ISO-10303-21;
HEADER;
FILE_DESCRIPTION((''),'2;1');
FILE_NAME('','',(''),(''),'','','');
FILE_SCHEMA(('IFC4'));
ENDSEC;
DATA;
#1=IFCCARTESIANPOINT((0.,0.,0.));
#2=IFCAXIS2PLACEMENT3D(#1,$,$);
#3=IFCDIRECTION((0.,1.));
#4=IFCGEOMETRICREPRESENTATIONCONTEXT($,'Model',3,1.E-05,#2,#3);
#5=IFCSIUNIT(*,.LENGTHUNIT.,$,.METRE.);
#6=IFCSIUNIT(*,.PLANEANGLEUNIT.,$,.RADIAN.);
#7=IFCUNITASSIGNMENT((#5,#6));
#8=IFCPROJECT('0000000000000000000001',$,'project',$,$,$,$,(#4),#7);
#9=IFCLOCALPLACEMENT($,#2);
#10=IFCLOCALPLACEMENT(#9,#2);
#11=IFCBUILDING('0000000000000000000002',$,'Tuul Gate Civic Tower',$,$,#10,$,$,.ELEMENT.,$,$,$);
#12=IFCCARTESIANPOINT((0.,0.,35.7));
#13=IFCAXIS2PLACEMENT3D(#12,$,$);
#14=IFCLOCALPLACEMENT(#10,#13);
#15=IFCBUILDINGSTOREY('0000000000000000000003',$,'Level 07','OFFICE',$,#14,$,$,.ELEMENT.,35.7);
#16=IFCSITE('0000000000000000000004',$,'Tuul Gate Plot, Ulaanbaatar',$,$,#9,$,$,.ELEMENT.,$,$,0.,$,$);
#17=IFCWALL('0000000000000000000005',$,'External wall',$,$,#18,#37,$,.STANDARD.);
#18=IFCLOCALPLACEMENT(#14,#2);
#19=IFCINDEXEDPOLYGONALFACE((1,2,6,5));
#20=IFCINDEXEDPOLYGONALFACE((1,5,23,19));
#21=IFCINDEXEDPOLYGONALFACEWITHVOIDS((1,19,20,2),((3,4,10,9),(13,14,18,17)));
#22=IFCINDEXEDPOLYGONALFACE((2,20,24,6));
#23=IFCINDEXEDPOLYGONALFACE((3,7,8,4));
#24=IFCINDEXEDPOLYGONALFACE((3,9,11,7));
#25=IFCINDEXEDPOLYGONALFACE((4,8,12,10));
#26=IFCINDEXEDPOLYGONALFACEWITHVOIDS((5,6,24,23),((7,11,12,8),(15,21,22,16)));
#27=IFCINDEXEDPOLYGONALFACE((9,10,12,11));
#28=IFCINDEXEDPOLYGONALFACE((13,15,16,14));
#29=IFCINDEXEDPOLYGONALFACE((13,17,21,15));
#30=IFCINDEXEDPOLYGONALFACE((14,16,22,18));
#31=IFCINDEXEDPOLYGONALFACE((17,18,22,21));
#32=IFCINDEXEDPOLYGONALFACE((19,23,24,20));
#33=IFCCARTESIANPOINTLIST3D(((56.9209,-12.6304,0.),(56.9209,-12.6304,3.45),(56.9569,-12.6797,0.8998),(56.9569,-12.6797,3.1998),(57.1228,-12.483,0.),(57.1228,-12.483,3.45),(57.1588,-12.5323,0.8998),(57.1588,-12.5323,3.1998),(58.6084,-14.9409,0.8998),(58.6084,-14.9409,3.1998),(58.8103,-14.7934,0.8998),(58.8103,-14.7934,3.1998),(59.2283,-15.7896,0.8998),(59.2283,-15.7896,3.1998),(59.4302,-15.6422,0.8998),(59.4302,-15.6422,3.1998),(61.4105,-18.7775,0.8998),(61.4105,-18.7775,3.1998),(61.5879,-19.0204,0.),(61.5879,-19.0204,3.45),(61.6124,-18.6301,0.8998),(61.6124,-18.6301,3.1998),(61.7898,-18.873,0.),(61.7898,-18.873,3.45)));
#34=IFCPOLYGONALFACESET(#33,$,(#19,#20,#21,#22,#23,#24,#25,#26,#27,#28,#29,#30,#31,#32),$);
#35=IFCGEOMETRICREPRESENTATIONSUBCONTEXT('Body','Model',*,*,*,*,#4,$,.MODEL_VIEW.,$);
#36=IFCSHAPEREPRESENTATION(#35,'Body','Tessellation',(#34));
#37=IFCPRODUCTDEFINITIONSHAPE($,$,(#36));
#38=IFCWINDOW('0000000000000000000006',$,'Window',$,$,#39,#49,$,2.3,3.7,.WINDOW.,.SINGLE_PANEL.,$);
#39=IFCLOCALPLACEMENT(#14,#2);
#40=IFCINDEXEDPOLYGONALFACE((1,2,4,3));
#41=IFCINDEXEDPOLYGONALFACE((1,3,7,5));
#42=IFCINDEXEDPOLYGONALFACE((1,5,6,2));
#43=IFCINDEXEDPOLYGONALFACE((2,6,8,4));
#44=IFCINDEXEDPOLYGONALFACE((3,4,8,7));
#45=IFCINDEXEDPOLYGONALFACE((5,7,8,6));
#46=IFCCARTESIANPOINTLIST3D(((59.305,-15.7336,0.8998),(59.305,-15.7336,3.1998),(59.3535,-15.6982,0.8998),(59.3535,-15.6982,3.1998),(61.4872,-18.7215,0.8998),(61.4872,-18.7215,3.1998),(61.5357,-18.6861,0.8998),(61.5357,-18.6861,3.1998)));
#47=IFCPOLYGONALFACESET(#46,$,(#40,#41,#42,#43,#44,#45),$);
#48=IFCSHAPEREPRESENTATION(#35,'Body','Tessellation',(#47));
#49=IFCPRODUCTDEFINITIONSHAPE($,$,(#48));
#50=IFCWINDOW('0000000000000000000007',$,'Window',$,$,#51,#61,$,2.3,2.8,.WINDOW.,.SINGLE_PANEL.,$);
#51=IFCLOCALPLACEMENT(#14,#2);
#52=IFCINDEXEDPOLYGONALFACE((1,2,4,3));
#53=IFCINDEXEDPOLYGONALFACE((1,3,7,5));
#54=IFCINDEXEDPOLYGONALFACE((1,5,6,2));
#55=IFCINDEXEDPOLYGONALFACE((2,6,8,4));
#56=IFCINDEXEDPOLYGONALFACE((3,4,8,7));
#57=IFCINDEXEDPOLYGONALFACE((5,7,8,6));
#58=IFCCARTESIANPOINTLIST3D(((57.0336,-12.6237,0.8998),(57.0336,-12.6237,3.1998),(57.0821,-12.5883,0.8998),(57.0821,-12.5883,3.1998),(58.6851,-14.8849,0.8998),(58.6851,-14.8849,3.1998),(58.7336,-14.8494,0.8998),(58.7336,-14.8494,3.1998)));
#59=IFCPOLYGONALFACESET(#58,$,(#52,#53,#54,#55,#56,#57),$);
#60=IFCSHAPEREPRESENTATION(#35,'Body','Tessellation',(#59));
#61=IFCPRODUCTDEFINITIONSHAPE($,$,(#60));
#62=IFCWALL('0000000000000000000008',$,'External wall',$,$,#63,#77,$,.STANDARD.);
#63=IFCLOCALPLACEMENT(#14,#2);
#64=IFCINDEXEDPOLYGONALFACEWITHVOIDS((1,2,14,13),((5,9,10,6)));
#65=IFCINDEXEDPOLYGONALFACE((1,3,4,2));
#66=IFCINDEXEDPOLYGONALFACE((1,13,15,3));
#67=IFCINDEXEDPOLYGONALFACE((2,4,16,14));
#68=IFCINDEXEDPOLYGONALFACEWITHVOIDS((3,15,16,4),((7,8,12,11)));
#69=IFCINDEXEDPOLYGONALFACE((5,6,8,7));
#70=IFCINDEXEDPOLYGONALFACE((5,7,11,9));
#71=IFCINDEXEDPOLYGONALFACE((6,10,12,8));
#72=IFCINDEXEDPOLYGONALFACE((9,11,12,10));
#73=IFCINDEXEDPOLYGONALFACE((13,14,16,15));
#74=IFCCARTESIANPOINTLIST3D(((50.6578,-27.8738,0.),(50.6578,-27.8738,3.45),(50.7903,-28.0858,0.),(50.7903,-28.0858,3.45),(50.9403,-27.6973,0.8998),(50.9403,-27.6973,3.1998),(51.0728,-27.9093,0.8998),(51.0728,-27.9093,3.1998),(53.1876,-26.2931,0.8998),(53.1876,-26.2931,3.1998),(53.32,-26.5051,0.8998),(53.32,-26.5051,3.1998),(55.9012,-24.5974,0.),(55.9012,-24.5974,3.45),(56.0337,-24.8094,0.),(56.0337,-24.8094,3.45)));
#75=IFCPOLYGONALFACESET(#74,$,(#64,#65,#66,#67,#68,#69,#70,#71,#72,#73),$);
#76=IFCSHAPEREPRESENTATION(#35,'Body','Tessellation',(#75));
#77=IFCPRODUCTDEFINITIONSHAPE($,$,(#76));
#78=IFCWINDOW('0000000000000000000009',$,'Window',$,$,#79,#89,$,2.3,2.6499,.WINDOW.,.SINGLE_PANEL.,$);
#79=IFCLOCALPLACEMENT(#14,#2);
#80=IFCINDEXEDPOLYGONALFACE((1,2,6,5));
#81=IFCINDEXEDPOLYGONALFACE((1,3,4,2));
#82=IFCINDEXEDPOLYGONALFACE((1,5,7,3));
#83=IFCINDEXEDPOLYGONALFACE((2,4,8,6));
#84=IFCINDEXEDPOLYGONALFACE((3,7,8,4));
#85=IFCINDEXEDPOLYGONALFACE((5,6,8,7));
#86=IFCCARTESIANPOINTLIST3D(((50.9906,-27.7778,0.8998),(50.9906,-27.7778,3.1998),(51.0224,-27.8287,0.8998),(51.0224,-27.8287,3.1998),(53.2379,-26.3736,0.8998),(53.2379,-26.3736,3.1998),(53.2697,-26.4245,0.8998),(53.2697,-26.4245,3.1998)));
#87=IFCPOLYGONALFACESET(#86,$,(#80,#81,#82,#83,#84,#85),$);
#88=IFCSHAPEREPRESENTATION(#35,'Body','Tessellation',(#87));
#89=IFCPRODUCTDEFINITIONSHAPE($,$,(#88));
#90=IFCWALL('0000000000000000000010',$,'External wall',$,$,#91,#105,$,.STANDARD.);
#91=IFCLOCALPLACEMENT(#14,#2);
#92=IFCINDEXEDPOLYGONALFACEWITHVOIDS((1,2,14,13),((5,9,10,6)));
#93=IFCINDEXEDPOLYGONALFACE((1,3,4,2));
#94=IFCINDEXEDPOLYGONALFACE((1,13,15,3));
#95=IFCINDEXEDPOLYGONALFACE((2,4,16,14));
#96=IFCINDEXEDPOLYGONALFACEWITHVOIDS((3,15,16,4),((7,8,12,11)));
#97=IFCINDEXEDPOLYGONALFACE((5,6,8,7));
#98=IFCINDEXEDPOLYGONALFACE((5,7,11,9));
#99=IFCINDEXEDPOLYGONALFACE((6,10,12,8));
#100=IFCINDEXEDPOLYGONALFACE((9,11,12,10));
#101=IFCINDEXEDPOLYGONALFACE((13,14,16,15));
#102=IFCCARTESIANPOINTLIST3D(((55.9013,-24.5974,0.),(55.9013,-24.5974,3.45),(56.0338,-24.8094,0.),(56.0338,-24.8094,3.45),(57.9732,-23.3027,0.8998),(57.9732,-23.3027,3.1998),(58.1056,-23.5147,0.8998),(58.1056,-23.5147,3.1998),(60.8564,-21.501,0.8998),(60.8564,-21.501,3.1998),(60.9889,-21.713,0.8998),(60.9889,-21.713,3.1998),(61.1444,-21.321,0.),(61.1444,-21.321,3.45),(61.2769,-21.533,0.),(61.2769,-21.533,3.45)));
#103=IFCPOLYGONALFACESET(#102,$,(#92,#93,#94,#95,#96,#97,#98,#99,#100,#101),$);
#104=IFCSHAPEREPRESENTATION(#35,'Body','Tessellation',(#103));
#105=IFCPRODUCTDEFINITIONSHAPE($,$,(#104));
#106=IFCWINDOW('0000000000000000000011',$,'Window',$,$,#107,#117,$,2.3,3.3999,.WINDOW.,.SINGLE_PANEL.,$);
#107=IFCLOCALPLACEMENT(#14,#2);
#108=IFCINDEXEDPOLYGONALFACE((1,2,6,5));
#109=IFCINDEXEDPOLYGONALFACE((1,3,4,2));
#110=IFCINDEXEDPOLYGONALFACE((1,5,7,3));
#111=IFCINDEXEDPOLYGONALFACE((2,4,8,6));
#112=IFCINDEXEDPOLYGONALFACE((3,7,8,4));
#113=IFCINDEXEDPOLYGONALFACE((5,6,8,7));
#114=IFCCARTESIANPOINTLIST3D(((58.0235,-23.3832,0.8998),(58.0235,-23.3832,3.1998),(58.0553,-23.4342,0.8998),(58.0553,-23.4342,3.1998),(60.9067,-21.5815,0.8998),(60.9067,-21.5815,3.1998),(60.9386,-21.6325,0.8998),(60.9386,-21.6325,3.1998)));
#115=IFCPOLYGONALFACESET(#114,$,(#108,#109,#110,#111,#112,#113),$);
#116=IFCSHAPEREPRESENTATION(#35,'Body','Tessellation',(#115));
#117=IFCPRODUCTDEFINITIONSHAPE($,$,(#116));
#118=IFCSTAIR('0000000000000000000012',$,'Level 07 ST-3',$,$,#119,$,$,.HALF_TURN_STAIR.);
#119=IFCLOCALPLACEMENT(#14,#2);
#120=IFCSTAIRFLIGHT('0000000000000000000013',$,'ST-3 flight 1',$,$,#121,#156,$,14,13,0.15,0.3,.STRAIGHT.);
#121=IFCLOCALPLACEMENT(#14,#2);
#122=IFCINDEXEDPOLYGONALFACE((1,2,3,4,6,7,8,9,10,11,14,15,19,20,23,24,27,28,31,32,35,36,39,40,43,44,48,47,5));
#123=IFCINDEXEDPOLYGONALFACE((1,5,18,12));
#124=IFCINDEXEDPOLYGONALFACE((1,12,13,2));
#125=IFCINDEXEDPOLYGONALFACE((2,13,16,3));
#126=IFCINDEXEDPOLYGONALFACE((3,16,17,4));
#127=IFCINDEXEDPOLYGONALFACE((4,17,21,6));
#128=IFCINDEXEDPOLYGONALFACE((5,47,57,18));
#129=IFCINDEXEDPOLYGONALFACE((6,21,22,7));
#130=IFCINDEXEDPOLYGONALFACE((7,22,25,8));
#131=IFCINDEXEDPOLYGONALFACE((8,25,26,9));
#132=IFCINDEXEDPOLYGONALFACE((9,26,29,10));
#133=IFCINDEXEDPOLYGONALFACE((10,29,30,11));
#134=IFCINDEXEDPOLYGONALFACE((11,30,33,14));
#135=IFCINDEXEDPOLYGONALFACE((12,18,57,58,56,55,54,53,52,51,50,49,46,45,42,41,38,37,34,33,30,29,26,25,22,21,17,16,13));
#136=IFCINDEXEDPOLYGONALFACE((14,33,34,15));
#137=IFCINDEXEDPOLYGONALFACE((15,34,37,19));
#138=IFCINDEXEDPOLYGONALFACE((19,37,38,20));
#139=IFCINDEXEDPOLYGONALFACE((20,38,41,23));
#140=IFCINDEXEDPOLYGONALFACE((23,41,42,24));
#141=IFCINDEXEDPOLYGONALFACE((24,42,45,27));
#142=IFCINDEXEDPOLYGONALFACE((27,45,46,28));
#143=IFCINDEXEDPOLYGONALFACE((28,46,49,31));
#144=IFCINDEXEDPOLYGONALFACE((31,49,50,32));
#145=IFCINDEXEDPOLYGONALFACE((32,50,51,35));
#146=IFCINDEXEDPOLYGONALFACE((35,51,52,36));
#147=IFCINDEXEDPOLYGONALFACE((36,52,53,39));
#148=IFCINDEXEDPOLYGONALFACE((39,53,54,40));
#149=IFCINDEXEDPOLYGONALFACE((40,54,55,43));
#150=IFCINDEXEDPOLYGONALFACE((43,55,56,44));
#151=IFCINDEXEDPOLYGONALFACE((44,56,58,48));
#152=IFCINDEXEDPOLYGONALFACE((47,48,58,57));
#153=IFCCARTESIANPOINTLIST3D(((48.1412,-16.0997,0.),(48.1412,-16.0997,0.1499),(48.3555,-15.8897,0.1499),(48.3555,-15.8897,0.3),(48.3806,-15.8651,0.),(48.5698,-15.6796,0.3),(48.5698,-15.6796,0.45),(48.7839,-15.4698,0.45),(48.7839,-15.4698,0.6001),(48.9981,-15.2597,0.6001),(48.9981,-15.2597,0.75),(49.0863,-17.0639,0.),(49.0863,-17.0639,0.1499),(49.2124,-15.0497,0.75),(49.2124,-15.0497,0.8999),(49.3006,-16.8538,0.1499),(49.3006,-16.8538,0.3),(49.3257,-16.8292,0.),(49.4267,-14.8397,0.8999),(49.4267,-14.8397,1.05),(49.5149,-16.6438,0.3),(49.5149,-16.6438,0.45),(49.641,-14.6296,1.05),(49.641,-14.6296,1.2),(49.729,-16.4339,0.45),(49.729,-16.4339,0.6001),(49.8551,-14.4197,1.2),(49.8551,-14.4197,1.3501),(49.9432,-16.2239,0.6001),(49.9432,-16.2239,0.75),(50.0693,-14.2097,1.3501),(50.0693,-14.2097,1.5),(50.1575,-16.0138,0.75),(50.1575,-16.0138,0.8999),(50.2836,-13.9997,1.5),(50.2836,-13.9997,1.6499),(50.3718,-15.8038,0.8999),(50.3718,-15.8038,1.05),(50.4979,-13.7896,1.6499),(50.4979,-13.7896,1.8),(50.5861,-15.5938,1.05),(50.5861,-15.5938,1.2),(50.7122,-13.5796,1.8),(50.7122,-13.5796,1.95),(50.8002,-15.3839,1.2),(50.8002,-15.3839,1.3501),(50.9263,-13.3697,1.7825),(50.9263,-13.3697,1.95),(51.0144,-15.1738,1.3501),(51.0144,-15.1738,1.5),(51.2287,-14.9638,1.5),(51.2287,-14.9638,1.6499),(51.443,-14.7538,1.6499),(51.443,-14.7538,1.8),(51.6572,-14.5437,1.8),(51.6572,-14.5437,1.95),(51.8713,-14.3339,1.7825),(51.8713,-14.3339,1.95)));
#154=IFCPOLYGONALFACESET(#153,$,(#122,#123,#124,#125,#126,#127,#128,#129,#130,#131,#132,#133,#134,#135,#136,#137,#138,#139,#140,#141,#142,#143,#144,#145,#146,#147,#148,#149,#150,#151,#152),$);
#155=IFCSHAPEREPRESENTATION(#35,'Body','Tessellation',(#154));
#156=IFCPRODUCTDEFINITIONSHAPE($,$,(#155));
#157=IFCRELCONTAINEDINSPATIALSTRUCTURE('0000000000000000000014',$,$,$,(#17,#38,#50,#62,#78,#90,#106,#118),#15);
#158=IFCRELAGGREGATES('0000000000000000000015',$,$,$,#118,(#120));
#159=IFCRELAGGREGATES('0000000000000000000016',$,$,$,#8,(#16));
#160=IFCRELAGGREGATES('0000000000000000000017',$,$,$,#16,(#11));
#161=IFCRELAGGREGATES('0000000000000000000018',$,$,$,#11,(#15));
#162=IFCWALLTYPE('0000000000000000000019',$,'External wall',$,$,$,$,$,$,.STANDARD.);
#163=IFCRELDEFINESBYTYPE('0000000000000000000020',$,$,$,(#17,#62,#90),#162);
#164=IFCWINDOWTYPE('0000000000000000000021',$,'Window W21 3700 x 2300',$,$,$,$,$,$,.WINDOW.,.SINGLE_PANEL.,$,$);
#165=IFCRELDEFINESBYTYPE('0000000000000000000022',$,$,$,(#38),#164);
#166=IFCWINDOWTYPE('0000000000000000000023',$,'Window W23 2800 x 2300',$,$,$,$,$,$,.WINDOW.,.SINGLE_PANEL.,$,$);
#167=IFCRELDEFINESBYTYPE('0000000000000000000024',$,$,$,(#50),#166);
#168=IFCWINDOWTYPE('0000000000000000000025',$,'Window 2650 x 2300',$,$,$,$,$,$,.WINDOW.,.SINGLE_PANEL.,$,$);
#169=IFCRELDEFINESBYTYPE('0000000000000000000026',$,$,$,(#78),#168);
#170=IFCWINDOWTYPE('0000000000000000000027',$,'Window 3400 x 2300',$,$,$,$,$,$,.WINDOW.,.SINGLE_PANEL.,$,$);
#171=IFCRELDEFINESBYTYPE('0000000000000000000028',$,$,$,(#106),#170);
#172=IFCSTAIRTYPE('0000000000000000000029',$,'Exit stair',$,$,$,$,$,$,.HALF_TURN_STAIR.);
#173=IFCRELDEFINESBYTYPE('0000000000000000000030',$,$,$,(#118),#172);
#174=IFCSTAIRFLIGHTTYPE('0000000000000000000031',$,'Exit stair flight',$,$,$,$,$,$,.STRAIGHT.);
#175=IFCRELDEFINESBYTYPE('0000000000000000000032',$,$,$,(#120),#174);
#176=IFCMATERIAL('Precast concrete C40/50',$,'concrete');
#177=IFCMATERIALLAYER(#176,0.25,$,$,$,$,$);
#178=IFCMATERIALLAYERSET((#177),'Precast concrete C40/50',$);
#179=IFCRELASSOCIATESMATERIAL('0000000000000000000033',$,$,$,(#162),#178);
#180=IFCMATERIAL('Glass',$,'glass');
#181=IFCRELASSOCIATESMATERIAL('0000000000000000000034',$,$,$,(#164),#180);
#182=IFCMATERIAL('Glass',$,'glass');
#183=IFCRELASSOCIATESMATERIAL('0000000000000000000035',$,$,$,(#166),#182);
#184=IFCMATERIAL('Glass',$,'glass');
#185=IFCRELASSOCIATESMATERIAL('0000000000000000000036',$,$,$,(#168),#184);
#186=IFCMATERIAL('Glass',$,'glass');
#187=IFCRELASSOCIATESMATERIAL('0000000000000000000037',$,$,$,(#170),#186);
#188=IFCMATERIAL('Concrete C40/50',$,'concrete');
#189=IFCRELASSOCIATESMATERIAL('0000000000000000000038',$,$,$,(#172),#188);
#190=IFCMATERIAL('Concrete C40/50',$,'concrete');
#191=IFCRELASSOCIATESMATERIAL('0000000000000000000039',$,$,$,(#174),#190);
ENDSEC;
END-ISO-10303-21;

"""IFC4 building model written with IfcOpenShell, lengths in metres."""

from ifc_helpers import new_model, si_unit, direction, frame, frame_2d, origin, place, context, subcontext, project, spatial, polyline, rectangle, outline, extrude, material, layer, layer_set, type_object, element, fill, aggregate, save


model = new_model("IFC4")

# Units and contexts
model_context = context("Model", 3, precision=1e-05, world=origin(), true_north=direction((0.0, 1.0)))
body_context = subcontext(model_context, "Body", "Model", "MODEL_VIEW")
ifc_project = project(units=[si_unit("LENGTHUNIT", "METRE"), si_unit("PLANEANGLEUNIT", "RADIAN")], contexts=[model_context])

# Site, building, storey
site_placement = place(None, origin())
site = spatial("IfcSite", under=ifc_project, at=site_placement, Name="Tuul Gate Plot, Ulaanbaatar", CompositionType="ELEMENT", RefElevation=0.0)
building_placement = place(site_placement, origin())
building = spatial("IfcBuilding", under=site, at=building_placement, Name="Tuul Gate Civic Tower", CompositionType="ELEMENT")
storey_placement = place(building_placement, frame((0.0, 0.0, 35.7)))
storey = spatial("IfcBuildingStorey", under=building, at=storey_placement, Name="Level 07", Description="OFFICE", CompositionType="ELEMENT", Elevation=35.7)

# Shared definitions
ifc_material_1 = material(Name="Precast concrete C40/50", Category="concrete")
ifc_layer_1 = layer(ifc_material_1, 0.25)
ifc_layer_set_1 = layer_set([ifc_layer_1], Name="Precast concrete C40/50")
wall_type_1 = type_object("IfcWallType", Name="External wall", PredefinedType="STANDARD", material=ifc_layer_set_1)

# Wall, openings, windows
wall_1_placement = place(storey_placement, frame((61.689, -18.9468, 0.0), z_axis=(0.0, 0.0, 1.0), x_axis=(-0.589807, 0.807544, 0.0)))
wall_1 = element("IfcWall", 1, at=wall_1_placement, inside=storey, type_object=wall_type_1, Name="External wall", PredefinedType="STANDARD", context=body_context, shape_type="SweptSolid", body=[
    extrude(rectangle(XDim=7.9128, YDim=0.25, at=frame_2d((3.9565, 0.0))), origin(), (0.0, 0.0, 1.0), 3.45),
])
opening_1_placement = place(wall_1_placement, frame((0.3008, 0.0, 0.8999)))
opening_1 = element("IfcOpeningElement", 2, at=opening_1_placement, cuts=wall_1, PredefinedType="OPENING", context=body_context, shape_type="SweptSolid", body=[
    extrude(rectangle(XDim=3.7, YDim=2.3, at=frame_2d((1.8501, 1.1499))), frame((0.0, 0.135, 0.0), z_axis=(0.0, -1.0, 0.0), x_axis=(1.0, 0.0, 0.0)), (0.0, 0.0, 1.0), 0.27),
])
opening_2_placement = place(wall_1_placement, frame((5.052, 0.0, 0.8999)))
opening_2 = element("IfcOpeningElement", 3, at=opening_2_placement, cuts=wall_1, PredefinedType="OPENING", context=body_context, shape_type="SweptSolid", body=[
    extrude(rectangle(XDim=2.8, YDim=2.3, at=frame_2d((1.3999, 1.1499))), frame((0.0, 0.135, 0.0), z_axis=(0.0, -1.0, 0.0), x_axis=(1.0, 0.0, 0.0)), (0.0, 0.0, 1.0), 0.27),
])
ifc_material_2 = material(Name="Glass", Category="glass")
window_type_1 = type_object("IfcWindowType", Name="Window W21 3700 x 2300", PartitioningType="SINGLE_PANEL", PredefinedType="WINDOW", material=ifc_material_2)
window_1_placement = place(opening_1_placement, origin())
window_1 = element("IfcWindow", 4, at=window_1_placement, inside=storey, type_object=window_type_1, Name="Window", OverallHeight=2.3, OverallWidth=3.7, PartitioningType="SINGLE_PANEL", PredefinedType="WINDOW", context=body_context, shape_type="SweptSolid", body=[
    extrude(rectangle(XDim=3.7, YDim=2.3, at=frame_2d((1.8501, 1.1499))), frame((0.0, 0.03, 0.0), z_axis=(0.0, -1.0, 0.0), x_axis=(1.0, 0.0, 0.0)), (0.0, 0.0, 1.0), 0.0601),
])
fill(opening_1, window_1)
ifc_material_3 = material(Name="Glass", Category="glass")
window_type_2 = type_object("IfcWindowType", Name="Window W23 2800 x 2300", PartitioningType="SINGLE_PANEL", PredefinedType="WINDOW", material=ifc_material_3)
window_2_placement = place(opening_2_placement, origin())
window_2 = element("IfcWindow", 5, at=window_2_placement, inside=storey, type_object=window_type_2, Name="Window", OverallHeight=2.3, OverallWidth=2.8, PartitioningType="SINGLE_PANEL", PredefinedType="WINDOW", context=body_context, shape_type="SweptSolid", body=[
    extrude(rectangle(XDim=2.8, YDim=2.3, at=frame_2d((1.3999, 1.1499))), frame((0.0, 0.03, 0.0), z_axis=(0.0, -1.0, 0.0), x_axis=(1.0, 0.0, 0.0)), (0.0, 0.0, 1.0), 0.0601),
])
fill(opening_2, window_2)

# Walls, openings, windows
wall_2_placement = place(storey_placement, frame((50.7241, -27.9797, 0.0), z_axis=(0.0, 0.0, 1.0), x_axis=(0.848054, 0.52991, 0.0)))
wall_2 = element("IfcWall", 6, at=wall_2_placement, inside=storey, type_object=wall_type_1, Name="External wall", PredefinedType="STANDARD", context=body_context, shape_type="SweptSolid", body=[
    extrude(rectangle(XDim=6.1829, YDim=0.25, at=frame_2d((3.0913, 0.0))), origin(), (0.0, 0.0, 1.0), 3.45),
])
opening_3_placement = place(wall_2_placement, frame((0.333, 0.0, 0.8999)))
opening_3 = element("IfcOpeningElement", 7, at=opening_3_placement, cuts=wall_2, PredefinedType="OPENING", context=body_context, shape_type="SweptSolid", body=[
    extrude(rectangle(XDim=2.6499, YDim=2.3, at=frame_2d((1.325, 1.1499))), frame((0.0, 0.135, 0.0), z_axis=(0.0, -1.0, 0.0), x_axis=(1.0, 0.0, 0.0)), (0.0, 0.0, 1.0), 0.27),
])
ifc_material_4 = material(Name="Glass", Category="glass")
window_type_3 = type_object("IfcWindowType", Name="Window 2650 x 2300", PartitioningType="SINGLE_PANEL", PredefinedType="WINDOW", material=ifc_material_4)
window_3_placement = place(opening_3_placement, origin())
window_3 = element("IfcWindow", 8, at=window_3_placement, inside=storey, type_object=window_type_3, Name="Window", OverallHeight=2.3, OverallWidth=2.6499, PartitioningType="SINGLE_PANEL", PredefinedType="WINDOW", context=body_context, shape_type="SweptSolid", body=[
    extrude(rectangle(XDim=2.6499, YDim=2.3, at=frame_2d((1.325, 1.1499))), frame((0.0, 0.03, 0.0), z_axis=(0.0, -1.0, 0.0), x_axis=(1.0, 0.0, 0.0)), (0.0, 0.0, 1.0), 0.0601),
])
fill(opening_3, window_3)
wall_3_placement = place(storey_placement, frame((55.9675, -24.7034, 0.0), z_axis=(0.0, 0.0, 1.0), x_axis=(0.848043, 0.529928, 0.0)))
wall_3 = element("IfcWall", 9, at=wall_3_placement, inside=storey, type_object=wall_type_1, Name="External wall", PredefinedType="STANDARD", context=body_context, shape_type="SweptSolid", body=[
    extrude(rectangle(XDim=6.1826, YDim=0.25, at=frame_2d((3.0913, 0.0))), origin(), (0.0, 0.0, 1.0), 3.45),
])
opening_4_placement = place(wall_3_placement, frame((2.4431, 0.0, 0.8999)))
opening_4 = element("IfcOpeningElement", 10, at=opening_4_placement, cuts=wall_3, PredefinedType="OPENING", context=body_context, shape_type="SweptSolid", body=[
    extrude(rectangle(XDim=3.3999, YDim=2.3, at=frame_2d((1.7, 1.1499))), frame((0.0, 0.135, 0.0), z_axis=(0.0, -1.0, 0.0), x_axis=(1.0, 0.0, 0.0)), (0.0, 0.0, 1.0), 0.27),
])
ifc_material_5 = material(Name="Glass", Category="glass")
window_type_4 = type_object("IfcWindowType", Name="Window 3400 x 2300", PartitioningType="SINGLE_PANEL", PredefinedType="WINDOW", material=ifc_material_5)
window_4_placement = place(opening_4_placement, origin())
window_4 = element("IfcWindow", 11, at=window_4_placement, inside=storey, type_object=window_type_4, Name="Window", OverallHeight=2.3, OverallWidth=3.3999, PartitioningType="SINGLE_PANEL", PredefinedType="WINDOW", context=body_context, shape_type="SweptSolid", body=[
    extrude(rectangle(XDim=3.3999, YDim=2.3, at=frame_2d((1.7, 1.1499))), frame((0.0, 0.03, 0.0), z_axis=(0.0, -1.0, 0.0), x_axis=(1.0, 0.0, 0.0)), (0.0, 0.0, 1.0), 0.0601),
])
fill(opening_4, window_4)

# Stair, stair flight
ifc_material_6 = material(Name="Concrete C40/50", Category="concrete")
stair_type = type_object("IfcStairType", Name="Exit stair", PredefinedType="HALF_TURN_STAIR", material=ifc_material_6)
stair_placement = place(storey_placement, origin())
stair = element("IfcStair", 12, at=stair_placement, inside=storey, type_object=stair_type, Name="Level 07 ST-3", PredefinedType="HALF_TURN_STAIR")
ifc_material_7 = material(Name="Concrete C40/50", Category="concrete")
stair_flight_type = type_object("IfcStairFlightType", Name="Exit stair flight", PredefinedType="STRAIGHT", material=ifc_material_7)
stair_flight_placement = place(storey_placement, frame((48.6138, -16.5818, 0.0), z_axis=(0.0, 0.0, 1.0), x_axis=(0.714127, 0.700016, 0.0)))
stair_flight = element("IfcStairFlight", 13, at=stair_flight_placement, type_object=stair_flight_type, Name="ST-3 flight 1", NumberOfRisers=14, NumberOfTreads=13, PredefinedType="STRAIGHT", RiserHeight=0.15, TreadLength=0.3, context=body_context, shape_type="SweptSolid", body=[
    extrude(outline(polyline([(0.0, 0.0), (0.0, 0.1499), (0.3, 0.1499), (0.3, 0.3), (0.6001, 0.3), (0.6001, 0.45), (0.8999, 0.45), (0.8999, 0.6001), (1.2, 0.6001), (1.2, 0.75), (1.5, 0.75), (1.5, 0.8999), (1.8, 0.8999), (1.8, 1.05), (2.1001, 1.05), (2.1001, 1.2), (2.3999, 1.2), (2.3999, 1.3501), (2.7, 1.3501), (2.7, 1.5), (3.0, 1.5), (3.0, 1.6499), (3.3, 1.6499), (3.3, 1.8), (3.6001, 1.8), (3.6001, 1.95), (3.8999, 1.95), (3.8999, 2.1001), (3.8999, 1.7825), (0.3352, 0.0), (0.0, 0.0)])), frame((0.0, 0.675, 0.0), z_axis=(0.0, -1.0, 0.0), x_axis=(1.0, 0.0, 0.0)), (0.0, 0.0, 1.0), 1.3501),
])
aggregate(stair, [stair_flight])

save(model, "model.ifc")
